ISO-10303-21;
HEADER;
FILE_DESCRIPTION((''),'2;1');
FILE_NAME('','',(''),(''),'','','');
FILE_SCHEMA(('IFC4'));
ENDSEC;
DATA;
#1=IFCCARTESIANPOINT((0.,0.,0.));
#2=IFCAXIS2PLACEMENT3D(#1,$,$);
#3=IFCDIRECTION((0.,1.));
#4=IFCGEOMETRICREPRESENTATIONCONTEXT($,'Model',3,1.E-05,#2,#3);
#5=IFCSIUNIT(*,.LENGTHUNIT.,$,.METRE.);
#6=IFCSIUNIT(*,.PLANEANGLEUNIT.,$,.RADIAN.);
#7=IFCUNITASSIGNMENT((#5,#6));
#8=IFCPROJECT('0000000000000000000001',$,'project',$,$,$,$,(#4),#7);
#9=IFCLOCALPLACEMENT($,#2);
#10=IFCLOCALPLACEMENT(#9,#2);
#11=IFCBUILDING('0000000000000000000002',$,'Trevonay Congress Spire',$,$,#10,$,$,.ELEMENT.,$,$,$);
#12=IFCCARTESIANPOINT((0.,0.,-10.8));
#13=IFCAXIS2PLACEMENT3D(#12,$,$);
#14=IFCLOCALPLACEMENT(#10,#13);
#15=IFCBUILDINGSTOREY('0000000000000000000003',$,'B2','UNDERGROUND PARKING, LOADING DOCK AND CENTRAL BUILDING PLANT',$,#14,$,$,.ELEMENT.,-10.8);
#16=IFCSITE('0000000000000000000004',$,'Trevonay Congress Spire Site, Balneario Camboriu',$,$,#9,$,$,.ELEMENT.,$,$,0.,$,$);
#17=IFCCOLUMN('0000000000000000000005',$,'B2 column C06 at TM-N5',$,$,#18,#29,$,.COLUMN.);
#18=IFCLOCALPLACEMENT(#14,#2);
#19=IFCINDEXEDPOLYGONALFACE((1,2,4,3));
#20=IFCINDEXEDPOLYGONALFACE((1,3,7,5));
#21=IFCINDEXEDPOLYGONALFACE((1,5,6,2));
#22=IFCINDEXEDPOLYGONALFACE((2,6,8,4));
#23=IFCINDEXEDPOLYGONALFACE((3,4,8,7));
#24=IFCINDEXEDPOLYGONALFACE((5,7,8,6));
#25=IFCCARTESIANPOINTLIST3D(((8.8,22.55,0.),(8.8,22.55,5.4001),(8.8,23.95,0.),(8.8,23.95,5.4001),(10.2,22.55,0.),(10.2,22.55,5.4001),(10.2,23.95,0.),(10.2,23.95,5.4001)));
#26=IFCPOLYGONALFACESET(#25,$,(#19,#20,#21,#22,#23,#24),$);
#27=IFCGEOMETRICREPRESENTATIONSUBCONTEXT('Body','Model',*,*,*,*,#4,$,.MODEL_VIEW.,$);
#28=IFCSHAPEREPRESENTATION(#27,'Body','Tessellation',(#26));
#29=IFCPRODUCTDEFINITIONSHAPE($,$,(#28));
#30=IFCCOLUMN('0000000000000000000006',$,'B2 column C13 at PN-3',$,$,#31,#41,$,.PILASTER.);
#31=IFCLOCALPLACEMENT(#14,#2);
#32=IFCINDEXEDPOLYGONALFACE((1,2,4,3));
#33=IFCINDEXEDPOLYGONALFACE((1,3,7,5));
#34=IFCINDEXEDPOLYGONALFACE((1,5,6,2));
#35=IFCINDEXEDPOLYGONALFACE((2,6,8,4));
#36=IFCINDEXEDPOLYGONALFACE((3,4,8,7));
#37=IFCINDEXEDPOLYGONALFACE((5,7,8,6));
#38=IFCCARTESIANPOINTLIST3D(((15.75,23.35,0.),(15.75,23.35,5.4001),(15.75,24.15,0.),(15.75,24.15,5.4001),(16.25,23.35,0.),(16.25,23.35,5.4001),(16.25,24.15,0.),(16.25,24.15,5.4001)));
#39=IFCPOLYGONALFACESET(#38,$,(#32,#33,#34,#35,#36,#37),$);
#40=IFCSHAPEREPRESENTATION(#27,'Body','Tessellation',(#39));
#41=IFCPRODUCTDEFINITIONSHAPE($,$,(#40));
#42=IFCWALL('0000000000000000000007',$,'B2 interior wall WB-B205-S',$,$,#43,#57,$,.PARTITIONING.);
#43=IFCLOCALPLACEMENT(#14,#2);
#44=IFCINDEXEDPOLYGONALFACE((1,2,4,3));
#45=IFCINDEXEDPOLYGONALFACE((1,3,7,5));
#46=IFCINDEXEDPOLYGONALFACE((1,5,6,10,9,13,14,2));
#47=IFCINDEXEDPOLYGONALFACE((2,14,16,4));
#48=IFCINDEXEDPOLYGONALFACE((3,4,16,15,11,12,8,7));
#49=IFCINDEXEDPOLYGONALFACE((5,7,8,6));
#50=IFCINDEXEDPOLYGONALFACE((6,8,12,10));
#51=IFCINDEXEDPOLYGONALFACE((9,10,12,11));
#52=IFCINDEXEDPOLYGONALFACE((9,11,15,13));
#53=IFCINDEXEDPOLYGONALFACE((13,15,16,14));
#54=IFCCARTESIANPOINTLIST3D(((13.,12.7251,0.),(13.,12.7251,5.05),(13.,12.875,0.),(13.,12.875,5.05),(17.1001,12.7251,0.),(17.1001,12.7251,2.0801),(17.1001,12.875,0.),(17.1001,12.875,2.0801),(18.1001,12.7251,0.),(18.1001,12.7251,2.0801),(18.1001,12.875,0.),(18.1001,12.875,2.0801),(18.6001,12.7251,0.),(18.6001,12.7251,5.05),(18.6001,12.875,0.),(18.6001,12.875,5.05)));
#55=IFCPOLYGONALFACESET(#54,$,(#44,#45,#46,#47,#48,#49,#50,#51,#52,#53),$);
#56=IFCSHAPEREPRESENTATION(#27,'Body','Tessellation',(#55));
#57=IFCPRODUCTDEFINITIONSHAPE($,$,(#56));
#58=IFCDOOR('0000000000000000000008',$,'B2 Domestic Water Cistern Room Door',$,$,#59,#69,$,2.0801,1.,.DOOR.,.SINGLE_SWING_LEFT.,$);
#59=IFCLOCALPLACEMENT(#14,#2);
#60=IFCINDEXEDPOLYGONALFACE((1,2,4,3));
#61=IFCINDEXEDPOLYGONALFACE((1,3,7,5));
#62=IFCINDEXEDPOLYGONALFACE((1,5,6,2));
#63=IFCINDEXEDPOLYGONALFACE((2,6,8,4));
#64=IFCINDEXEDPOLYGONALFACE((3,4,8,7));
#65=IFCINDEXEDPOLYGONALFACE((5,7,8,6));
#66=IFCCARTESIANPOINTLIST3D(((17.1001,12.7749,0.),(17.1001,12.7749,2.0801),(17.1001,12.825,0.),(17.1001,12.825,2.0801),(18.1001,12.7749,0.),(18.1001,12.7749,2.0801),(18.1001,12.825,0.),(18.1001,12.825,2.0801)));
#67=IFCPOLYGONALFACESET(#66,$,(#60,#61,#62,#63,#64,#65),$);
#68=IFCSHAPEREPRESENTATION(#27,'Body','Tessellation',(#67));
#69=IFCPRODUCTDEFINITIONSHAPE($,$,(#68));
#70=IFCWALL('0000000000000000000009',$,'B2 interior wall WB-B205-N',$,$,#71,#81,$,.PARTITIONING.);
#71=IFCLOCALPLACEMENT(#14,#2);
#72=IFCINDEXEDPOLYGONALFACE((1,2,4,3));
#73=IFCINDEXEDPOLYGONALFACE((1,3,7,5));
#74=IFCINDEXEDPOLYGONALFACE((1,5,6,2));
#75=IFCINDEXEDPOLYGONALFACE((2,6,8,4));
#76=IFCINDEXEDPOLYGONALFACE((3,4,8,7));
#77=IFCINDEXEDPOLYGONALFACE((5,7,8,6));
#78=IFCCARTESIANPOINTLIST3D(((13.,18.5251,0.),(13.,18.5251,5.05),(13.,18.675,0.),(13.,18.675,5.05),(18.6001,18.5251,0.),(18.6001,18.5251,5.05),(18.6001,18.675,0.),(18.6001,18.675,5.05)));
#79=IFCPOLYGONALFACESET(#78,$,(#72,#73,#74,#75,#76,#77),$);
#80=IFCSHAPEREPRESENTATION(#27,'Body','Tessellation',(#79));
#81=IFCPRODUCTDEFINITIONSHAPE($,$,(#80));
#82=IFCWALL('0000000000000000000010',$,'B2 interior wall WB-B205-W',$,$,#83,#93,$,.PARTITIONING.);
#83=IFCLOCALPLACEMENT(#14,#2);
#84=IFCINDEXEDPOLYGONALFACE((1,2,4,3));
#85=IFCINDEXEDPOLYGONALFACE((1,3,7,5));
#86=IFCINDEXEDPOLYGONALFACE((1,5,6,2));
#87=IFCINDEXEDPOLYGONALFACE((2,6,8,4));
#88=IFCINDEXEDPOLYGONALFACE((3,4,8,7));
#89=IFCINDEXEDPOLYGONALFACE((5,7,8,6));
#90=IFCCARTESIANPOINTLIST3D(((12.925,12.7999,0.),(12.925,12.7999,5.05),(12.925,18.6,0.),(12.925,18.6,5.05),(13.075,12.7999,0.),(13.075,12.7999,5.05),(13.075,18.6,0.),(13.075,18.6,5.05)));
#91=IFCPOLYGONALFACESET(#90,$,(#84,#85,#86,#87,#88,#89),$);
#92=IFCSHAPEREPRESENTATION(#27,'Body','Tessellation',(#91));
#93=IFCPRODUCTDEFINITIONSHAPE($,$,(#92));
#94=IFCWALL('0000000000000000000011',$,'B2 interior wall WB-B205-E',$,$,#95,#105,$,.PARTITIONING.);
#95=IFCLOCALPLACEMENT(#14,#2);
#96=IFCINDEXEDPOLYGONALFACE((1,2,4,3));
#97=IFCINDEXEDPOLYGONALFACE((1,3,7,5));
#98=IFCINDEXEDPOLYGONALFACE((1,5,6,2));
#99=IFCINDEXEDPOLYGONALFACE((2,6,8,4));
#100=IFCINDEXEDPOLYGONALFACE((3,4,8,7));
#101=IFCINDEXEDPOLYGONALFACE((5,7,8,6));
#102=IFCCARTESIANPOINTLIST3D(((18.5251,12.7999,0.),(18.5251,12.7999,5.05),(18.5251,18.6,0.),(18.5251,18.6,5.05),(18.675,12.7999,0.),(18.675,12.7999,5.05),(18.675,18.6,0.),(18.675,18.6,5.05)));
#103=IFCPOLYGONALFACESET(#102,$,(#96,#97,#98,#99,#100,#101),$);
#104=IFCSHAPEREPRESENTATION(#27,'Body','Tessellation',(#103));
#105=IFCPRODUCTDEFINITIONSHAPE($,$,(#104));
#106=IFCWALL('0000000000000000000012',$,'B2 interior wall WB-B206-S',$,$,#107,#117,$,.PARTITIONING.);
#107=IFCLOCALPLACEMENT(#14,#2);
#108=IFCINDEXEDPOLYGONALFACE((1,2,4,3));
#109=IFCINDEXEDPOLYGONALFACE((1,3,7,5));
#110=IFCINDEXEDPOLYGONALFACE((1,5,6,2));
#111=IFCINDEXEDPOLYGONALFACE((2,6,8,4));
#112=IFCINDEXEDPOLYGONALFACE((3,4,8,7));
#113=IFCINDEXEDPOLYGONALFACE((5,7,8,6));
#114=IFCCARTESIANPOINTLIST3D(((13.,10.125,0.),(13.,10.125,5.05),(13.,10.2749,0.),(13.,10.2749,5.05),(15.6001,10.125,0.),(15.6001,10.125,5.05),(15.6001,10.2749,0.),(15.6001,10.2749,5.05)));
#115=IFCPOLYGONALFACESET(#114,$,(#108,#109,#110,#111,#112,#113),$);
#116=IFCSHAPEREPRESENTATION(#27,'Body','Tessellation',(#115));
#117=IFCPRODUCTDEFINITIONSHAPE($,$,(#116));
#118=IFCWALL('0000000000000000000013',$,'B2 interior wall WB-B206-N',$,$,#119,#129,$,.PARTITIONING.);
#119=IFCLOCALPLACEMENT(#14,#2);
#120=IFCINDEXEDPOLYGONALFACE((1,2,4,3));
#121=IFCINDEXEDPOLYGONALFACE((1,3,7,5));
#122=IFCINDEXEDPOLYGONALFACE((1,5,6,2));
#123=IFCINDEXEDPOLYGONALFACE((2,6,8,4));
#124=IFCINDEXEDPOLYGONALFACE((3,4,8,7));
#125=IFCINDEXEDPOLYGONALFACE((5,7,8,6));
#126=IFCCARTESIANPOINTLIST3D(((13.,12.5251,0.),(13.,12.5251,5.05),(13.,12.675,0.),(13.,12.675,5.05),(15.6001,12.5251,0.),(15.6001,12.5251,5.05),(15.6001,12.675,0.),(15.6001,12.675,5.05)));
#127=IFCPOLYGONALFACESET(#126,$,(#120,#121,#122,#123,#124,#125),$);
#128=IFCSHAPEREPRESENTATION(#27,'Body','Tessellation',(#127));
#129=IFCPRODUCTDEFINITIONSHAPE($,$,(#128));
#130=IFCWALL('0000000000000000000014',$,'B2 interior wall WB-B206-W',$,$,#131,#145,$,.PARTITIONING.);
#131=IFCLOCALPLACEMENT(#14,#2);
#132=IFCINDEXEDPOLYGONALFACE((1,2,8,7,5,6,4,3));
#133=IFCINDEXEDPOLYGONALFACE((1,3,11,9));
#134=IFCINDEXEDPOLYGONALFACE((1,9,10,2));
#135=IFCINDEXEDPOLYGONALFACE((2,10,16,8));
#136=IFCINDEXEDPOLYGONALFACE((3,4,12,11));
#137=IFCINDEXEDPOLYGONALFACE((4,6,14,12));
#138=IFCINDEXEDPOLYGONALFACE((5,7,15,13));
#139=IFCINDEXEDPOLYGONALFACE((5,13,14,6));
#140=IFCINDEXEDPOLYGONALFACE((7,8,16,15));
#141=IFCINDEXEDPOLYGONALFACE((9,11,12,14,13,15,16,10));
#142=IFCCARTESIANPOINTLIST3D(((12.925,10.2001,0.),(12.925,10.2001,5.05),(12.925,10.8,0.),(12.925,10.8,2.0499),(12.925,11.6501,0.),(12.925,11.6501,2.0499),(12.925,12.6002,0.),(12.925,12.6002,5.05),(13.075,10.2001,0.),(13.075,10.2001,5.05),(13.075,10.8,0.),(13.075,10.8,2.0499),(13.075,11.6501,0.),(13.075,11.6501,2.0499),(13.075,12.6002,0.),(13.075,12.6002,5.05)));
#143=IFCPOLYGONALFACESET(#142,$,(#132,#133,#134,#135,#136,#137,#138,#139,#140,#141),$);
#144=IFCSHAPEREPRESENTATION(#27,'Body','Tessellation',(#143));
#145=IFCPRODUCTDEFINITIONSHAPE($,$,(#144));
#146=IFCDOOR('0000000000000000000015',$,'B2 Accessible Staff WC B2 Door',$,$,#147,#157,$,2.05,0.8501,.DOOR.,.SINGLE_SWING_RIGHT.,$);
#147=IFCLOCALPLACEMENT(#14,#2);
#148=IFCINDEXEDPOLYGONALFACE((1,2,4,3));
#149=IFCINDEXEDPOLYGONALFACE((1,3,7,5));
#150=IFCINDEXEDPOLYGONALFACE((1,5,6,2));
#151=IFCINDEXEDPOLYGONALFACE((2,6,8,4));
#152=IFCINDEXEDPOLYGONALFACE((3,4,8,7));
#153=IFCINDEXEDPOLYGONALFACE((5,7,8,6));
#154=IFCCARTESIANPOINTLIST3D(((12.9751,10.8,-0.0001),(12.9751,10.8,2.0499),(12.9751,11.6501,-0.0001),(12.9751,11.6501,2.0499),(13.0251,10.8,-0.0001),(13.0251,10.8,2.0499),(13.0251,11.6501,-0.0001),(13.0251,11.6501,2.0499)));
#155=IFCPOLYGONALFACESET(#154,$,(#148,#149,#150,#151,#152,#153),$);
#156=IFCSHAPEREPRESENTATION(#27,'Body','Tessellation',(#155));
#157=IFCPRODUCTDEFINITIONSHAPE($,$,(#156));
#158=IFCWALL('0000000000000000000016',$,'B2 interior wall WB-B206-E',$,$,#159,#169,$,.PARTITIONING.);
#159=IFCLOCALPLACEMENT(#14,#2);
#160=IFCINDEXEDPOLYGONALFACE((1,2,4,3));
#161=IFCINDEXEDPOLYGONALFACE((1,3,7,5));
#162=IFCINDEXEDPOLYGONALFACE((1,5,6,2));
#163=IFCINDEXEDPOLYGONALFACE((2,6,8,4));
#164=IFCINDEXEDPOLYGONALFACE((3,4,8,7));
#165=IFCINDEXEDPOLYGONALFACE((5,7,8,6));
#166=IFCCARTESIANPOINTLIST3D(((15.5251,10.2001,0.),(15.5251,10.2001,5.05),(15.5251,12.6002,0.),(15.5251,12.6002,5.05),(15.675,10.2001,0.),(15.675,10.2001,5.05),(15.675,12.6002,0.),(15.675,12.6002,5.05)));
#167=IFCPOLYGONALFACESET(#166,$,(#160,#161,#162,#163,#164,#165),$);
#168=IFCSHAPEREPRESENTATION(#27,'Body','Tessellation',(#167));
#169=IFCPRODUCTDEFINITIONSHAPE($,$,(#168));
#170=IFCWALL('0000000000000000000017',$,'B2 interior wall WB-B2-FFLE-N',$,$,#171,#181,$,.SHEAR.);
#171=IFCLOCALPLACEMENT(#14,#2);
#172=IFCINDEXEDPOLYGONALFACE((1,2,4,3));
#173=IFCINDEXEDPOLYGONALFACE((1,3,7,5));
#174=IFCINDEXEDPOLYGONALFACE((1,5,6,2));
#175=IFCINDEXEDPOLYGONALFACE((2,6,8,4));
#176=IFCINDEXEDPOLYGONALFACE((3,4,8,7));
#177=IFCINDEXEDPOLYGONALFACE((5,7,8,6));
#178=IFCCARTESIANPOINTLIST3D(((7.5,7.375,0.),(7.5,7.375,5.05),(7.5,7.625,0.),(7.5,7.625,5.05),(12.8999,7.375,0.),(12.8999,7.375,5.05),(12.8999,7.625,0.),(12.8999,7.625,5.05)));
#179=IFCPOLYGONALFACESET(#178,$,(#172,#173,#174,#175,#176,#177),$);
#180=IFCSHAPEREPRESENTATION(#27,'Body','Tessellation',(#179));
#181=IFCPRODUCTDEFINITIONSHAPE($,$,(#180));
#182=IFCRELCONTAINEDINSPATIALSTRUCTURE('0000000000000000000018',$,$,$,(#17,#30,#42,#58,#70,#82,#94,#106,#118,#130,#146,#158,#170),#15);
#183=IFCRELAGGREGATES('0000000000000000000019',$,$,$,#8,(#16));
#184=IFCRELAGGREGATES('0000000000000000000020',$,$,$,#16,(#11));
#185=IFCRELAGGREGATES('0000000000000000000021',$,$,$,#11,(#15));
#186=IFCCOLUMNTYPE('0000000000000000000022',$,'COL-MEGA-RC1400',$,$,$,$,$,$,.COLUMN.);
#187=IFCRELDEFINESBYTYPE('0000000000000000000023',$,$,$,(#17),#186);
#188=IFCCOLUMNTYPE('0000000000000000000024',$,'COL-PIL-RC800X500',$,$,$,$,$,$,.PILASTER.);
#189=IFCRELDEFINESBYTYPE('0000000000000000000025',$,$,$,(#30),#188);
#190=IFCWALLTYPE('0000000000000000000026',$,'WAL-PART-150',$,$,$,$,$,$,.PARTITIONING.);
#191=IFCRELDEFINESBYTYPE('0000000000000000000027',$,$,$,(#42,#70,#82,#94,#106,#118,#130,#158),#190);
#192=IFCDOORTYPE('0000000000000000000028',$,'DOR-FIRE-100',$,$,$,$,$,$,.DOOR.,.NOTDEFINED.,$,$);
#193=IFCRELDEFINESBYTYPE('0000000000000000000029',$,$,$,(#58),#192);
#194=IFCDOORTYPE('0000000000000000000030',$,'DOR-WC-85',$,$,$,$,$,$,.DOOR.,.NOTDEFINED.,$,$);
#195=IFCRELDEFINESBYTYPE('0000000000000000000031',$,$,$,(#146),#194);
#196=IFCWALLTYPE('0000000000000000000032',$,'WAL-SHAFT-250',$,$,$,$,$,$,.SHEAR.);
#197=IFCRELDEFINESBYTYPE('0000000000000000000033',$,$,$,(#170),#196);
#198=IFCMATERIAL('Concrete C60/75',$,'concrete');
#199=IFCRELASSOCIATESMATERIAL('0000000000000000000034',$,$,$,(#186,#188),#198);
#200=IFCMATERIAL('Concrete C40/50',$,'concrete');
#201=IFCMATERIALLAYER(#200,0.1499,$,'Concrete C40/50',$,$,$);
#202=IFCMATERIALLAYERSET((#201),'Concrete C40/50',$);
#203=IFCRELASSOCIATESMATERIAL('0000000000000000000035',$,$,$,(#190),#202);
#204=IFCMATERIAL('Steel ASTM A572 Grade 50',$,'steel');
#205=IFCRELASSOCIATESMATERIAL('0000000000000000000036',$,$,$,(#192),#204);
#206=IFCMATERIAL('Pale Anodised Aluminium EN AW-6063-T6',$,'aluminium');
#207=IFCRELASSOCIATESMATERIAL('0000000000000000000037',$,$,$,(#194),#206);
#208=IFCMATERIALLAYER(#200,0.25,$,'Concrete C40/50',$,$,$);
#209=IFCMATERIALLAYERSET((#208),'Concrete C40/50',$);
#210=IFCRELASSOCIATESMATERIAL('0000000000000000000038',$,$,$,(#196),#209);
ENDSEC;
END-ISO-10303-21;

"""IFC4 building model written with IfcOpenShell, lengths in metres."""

from ifc_helpers import new_model, si_unit, direction, frame, frame_2d, origin, origin_2d, place, context, subcontext, project, spatial, rectangle, extrude, material, layer, layer_set, material_profile, profile_set, type_object, element, fill, save


model = new_model("IFC4")

# Units and contexts
model_context = context("Model", 3, precision=1e-05, world=origin(), true_north=direction((0.0, 1.0)))
body_context = subcontext(model_context, "Body", "Model", "MODEL_VIEW")
ifc_project = project(units=[si_unit("LENGTHUNIT", "METRE"), si_unit("PLANEANGLEUNIT", "RADIAN")], contexts=[model_context])

# Site, building, storey
site_placement = place(None, origin())
site = spatial("IfcSite", under=ifc_project, at=site_placement, Name="Trevonay Congress Spire Site, Balneario Camboriu", CompositionType="ELEMENT", RefElevation=0.0)
building_placement = place(site_placement, origin())
building = spatial("IfcBuilding", under=site, at=building_placement, Name="Trevonay Congress Spire", CompositionType="ELEMENT")
storey_placement = place(building_placement, frame((0.0, 0.0, -10.8)))
storey = spatial("IfcBuildingStorey", under=building, at=storey_placement, Name="B2", Description="UNDERGROUND PARKING, LOADING DOCK AND CENTRAL BUILDING PLANT", CompositionType="ELEMENT", Elevation=-10.8)

# Columns
ifc_material_1 = material(Name="Steel ASTM A572 Grade 50", Category="steel")
ifc_material_2 = material(Name="Concrete C60/75", Category="concrete")
ifc_material_profile_1 = material_profile(ifc_material_2, rectangle(XDim=1.3999, YDim=1.3999, at=origin_2d()), Name="RC 1400x1400")
ifc_profile_set_1 = profile_set([ifc_material_profile_1], Name="Concrete C60/75")
column_type_1 = type_object("IfcColumnType", Name="COL-MEGA-RC1400", PredefinedType="COLUMN", material=ifc_profile_set_1)
column_1_placement = place(storey_placement, frame((9.5, 23.25, 0.0), z_axis=(0.0, 0.0, 1.0), x_axis=(1.0, 0.0, 0.0)))
element("IfcColumn", 1, at=column_1_placement, inside=storey, type_object=column_type_1, Name="B2 column C06 at TM-N5", PredefinedType="COLUMN", context=body_context, shape_type="SweptSolid", body=[
    extrude(rectangle(XDim=1.3999, YDim=1.3999, at=origin_2d()), origin(), (0.0, 0.0, 1.0), 5.4001),
])
ifc_material_profile_2 = material_profile(ifc_material_2, rectangle(XDim=0.5, YDim=0.8, at=origin_2d()), Name="RC 800x500")
ifc_profile_set_2 = profile_set([ifc_material_profile_2], Name="Concrete C60/75")
column_type_2 = type_object("IfcColumnType", Name="COL-PIL-RC800X500", PredefinedType="PILASTER", material=ifc_profile_set_2)
column_2_placement = place(storey_placement, frame((16.0, 23.75, 0.0), z_axis=(0.0, 0.0, 1.0), x_axis=(1.0, 0.0, 0.0)))
element("IfcColumn", 2, at=column_2_placement, inside=storey, type_object=column_type_2, Name="B2 column C13 at PN-3", PredefinedType="PILASTER", context=body_context, shape_type="SweptSolid", body=[
    extrude(rectangle(XDim=0.5, YDim=0.8, at=origin_2d()), origin(), (0.0, 0.0, 1.0), 5.4001),
])

# Wall, opening, door
ifc_material_3 = material(Name="Concrete C40/50", Category="concrete")
ifc_layer_1 = layer(ifc_material_3, 0.1499, Name="Concrete C40/50")
ifc_layer_set_1 = layer_set([ifc_layer_1], Name="Concrete C40/50")
wall_type_1 = type_object("IfcWallType", Name="WAL-PART-150", PredefinedType="PARTITIONING", material=ifc_layer_set_1)
wall_1_placement = place(storey_placement, frame((13.0, 12.8, 0.0), z_axis=(0.0, 0.0, 1.0), x_axis=(1.0, 0.0, 0.0)))
wall_1 = element("IfcWall", 3, at=wall_1_placement, inside=storey, type_object=wall_type_1, Name="B2 interior wall WB-B205-S", PredefinedType="PARTITIONING", context=body_context, shape_type="SweptSolid", body=[
    extrude(rectangle(XDim=5.6001, YDim=0.1499, at=frame_2d((2.8, 0.0))), origin(), (0.0, 0.0, 1.0), 5.05),
])
opening_1_placement = place(wall_1_placement, frame((4.1001, 0.0, 0.0)))
opening_1 = element("IfcOpeningElement", 4, at=opening_1_placement, cuts=wall_1, PredefinedType="OPENING", context=body_context, shape_type="SweptSolid", body=[
    extrude(rectangle(XDim=1.0, YDim=2.0801, at=frame_2d((0.5, 1.04))), frame((0.0, 0.085, 0.0), z_axis=(0.0, -1.0, 0.0), x_axis=(1.0, 0.0, 0.0)), (0.0, 0.0, 1.0), 0.1699),
])
door_type_1 = type_object("IfcDoorType", Name="DOR-FIRE-100", OperationType="NOTDEFINED", PredefinedType="DOOR", material=ifc_material_1)
door_1_placement = place(opening_1_placement, origin())
door_1 = element("IfcDoor", 5, at=door_1_placement, inside=storey, type_object=door_type_1, Name="B2 Domestic Water Cistern Room Door", OperationType="SINGLE_SWING_LEFT", OverallHeight=2.0801, OverallWidth=1.0, PredefinedType="DOOR", context=body_context, shape_type="SweptSolid", body=[
    extrude(rectangle(XDim=1.0, YDim=2.0801, at=frame_2d((0.5, 1.04))), frame((0.0, 0.0249, 0.0), z_axis=(0.0, -1.0, 0.0), x_axis=(1.0, 0.0, 0.0)), (0.0, 0.0, 1.0), 0.05),
])
fill(opening_1, door_1)

# Walls
wall_2_placement = place(storey_placement, frame((13.0, 18.6001, 0.0), z_axis=(0.0, 0.0, 1.0), x_axis=(1.0, 0.0, 0.0)))
element("IfcWall", 6, at=wall_2_placement, inside=storey, type_object=wall_type_1, Name="B2 interior wall WB-B205-N", PredefinedType="PARTITIONING", context=body_context, shape_type="SweptSolid", body=[
    extrude(rectangle(XDim=5.6001, YDim=0.1499, at=frame_2d((2.8, 0.0))), origin(), (0.0, 0.0, 1.0), 5.05),
])
for number, where, z_axis, x_axis, name in (
    (7, (13.0, 12.8, 0.0), (0.0, 0.0, 1.0), (0.0, 1.0, 0.0), "B2 interior wall WB-B205-W"),
    (8, (18.6001, 12.8, 0.0), (0.0, 0.0, 1.0), (0.0, 1.0, 0.0), "B2 interior wall WB-B205-E"),
):
    element("IfcWall", number, at=place(storey_placement, frame(where, z_axis=z_axis, x_axis=x_axis)), inside=storey, type_object=wall_type_1, Name=name, PredefinedType="PARTITIONING", context=body_context, shape_type="SweptSolid", body=[
        extrude(rectangle(XDim=5.8, YDim=0.1499, at=frame_2d((2.8999, 0.0))), origin(), (0.0, 0.0, 1.0), 5.05),
    ])
for number, where, z_axis, x_axis, name in (
    (9, (13.0, 10.2, 0.0), (0.0, 0.0, 1.0), (1.0, 0.0, 0.0), "B2 interior wall WB-B206-S"),
    (10, (13.0, 12.6001, 0.0), (0.0, 0.0, 1.0), (1.0, 0.0, 0.0), "B2 interior wall WB-B206-N"),
):
    element("IfcWall", number, at=place(storey_placement, frame(where, z_axis=z_axis, x_axis=x_axis)), inside=storey, type_object=wall_type_1, Name=name, PredefinedType="PARTITIONING", context=body_context, shape_type="SweptSolid", body=[
        extrude(rectangle(XDim=2.6001, YDim=0.1499, at=frame_2d((1.3, 0.0))), origin(), (0.0, 0.0, 1.0), 5.05),
    ])

# Wall, opening, door
wall_3_placement = place(storey_placement, frame((13.0, 10.2, 0.0), z_axis=(0.0, 0.0, 1.0), x_axis=(0.0, 1.0, 0.0)))
wall_3 = element("IfcWall", 11, at=wall_3_placement, inside=storey, type_object=wall_type_1, Name="B2 interior wall WB-B206-W", PredefinedType="PARTITIONING", context=body_context, shape_type="SweptSolid", body=[
    extrude(rectangle(XDim=2.4001, YDim=0.1499, at=frame_2d((1.2002, 0.0))), origin(), (0.0, 0.0, 1.0), 5.05),
])
opening_2_placement = place(wall_3_placement, frame((0.6001, 0.0, 0.0)))
opening_2 = element("IfcOpeningElement", 12, at=opening_2_placement, cuts=wall_3, PredefinedType="OPENING", context=body_context, shape_type="SweptSolid", body=[
    extrude(rectangle(XDim=0.8501, YDim=2.05, at=frame_2d((0.425, 1.0249))), frame((0.0, 0.085, 0.0), z_axis=(0.0, -1.0, 0.0), x_axis=(1.0, 0.0, 0.0)), (0.0, 0.0, 1.0), 0.1699),
])
ifc_material_4 = material(Name="Pale Anodised Aluminium EN AW-6063-T6", Category="aluminium")
door_type_2 = type_object("IfcDoorType", Name="DOR-WC-85", OperationType="NOTDEFINED", PredefinedType="DOOR", material=ifc_material_4)
door_2_placement = place(opening_2_placement, origin())
door_2 = element("IfcDoor", 13, at=door_2_placement, inside=storey, type_object=door_type_2, Name="B2 Accessible Staff WC B2 Door", OperationType="SINGLE_SWING_RIGHT", OverallHeight=2.05, OverallWidth=0.8501, PredefinedType="DOOR", context=body_context, shape_type="SweptSolid", body=[
    extrude(rectangle(XDim=0.8501, YDim=2.05, at=frame_2d((0.425, 1.0249))), frame((0.0, 0.0249, 0.0), z_axis=(0.0, -1.0, 0.0), x_axis=(1.0, 0.0, 0.0)), (0.0, 0.0, 1.0), 0.05),
])
fill(opening_2, door_2)

# Walls
wall_4_placement = place(storey_placement, frame((15.6001, 10.2, 0.0), z_axis=(0.0, 0.0, 1.0), x_axis=(0.0, 1.0, 0.0)))
element("IfcWall", 14, at=wall_4_placement, inside=storey, type_object=wall_type_1, Name="B2 interior wall WB-B206-E", PredefinedType="PARTITIONING", context=body_context, shape_type="SweptSolid", body=[
    extrude(rectangle(XDim=2.4001, YDim=0.1499, at=frame_2d((1.2002, 0.0))), origin(), (0.0, 0.0, 1.0), 5.05),
])
ifc_layer_2 = layer(ifc_material_3, 0.25, Name="Concrete C40/50")
ifc_layer_set_2 = layer_set([ifc_layer_2], Name="Concrete C40/50")
wall_type_2 = type_object("IfcWallType", Name="WAL-SHAFT-250", PredefinedType="SHEAR", material=ifc_layer_set_2)
wall_5_placement = place(storey_placement, frame((7.5, 7.5, 0.0), z_axis=(0.0, 0.0, 1.0), x_axis=(1.0, 0.0, 0.0)))
element("IfcWall", 15, at=wall_5_placement, inside=storey, type_object=wall_type_2, Name="B2 interior wall WB-B2-FFLE-N", PredefinedType="SHEAR", context=body_context, shape_type="SweptSolid", body=[
    extrude(rectangle(XDim=5.3999, YDim=0.25, at=frame_2d((2.7, 0.0))), origin(), (0.0, 0.0, 1.0), 5.05),
])

save(model, "model.ifc")
